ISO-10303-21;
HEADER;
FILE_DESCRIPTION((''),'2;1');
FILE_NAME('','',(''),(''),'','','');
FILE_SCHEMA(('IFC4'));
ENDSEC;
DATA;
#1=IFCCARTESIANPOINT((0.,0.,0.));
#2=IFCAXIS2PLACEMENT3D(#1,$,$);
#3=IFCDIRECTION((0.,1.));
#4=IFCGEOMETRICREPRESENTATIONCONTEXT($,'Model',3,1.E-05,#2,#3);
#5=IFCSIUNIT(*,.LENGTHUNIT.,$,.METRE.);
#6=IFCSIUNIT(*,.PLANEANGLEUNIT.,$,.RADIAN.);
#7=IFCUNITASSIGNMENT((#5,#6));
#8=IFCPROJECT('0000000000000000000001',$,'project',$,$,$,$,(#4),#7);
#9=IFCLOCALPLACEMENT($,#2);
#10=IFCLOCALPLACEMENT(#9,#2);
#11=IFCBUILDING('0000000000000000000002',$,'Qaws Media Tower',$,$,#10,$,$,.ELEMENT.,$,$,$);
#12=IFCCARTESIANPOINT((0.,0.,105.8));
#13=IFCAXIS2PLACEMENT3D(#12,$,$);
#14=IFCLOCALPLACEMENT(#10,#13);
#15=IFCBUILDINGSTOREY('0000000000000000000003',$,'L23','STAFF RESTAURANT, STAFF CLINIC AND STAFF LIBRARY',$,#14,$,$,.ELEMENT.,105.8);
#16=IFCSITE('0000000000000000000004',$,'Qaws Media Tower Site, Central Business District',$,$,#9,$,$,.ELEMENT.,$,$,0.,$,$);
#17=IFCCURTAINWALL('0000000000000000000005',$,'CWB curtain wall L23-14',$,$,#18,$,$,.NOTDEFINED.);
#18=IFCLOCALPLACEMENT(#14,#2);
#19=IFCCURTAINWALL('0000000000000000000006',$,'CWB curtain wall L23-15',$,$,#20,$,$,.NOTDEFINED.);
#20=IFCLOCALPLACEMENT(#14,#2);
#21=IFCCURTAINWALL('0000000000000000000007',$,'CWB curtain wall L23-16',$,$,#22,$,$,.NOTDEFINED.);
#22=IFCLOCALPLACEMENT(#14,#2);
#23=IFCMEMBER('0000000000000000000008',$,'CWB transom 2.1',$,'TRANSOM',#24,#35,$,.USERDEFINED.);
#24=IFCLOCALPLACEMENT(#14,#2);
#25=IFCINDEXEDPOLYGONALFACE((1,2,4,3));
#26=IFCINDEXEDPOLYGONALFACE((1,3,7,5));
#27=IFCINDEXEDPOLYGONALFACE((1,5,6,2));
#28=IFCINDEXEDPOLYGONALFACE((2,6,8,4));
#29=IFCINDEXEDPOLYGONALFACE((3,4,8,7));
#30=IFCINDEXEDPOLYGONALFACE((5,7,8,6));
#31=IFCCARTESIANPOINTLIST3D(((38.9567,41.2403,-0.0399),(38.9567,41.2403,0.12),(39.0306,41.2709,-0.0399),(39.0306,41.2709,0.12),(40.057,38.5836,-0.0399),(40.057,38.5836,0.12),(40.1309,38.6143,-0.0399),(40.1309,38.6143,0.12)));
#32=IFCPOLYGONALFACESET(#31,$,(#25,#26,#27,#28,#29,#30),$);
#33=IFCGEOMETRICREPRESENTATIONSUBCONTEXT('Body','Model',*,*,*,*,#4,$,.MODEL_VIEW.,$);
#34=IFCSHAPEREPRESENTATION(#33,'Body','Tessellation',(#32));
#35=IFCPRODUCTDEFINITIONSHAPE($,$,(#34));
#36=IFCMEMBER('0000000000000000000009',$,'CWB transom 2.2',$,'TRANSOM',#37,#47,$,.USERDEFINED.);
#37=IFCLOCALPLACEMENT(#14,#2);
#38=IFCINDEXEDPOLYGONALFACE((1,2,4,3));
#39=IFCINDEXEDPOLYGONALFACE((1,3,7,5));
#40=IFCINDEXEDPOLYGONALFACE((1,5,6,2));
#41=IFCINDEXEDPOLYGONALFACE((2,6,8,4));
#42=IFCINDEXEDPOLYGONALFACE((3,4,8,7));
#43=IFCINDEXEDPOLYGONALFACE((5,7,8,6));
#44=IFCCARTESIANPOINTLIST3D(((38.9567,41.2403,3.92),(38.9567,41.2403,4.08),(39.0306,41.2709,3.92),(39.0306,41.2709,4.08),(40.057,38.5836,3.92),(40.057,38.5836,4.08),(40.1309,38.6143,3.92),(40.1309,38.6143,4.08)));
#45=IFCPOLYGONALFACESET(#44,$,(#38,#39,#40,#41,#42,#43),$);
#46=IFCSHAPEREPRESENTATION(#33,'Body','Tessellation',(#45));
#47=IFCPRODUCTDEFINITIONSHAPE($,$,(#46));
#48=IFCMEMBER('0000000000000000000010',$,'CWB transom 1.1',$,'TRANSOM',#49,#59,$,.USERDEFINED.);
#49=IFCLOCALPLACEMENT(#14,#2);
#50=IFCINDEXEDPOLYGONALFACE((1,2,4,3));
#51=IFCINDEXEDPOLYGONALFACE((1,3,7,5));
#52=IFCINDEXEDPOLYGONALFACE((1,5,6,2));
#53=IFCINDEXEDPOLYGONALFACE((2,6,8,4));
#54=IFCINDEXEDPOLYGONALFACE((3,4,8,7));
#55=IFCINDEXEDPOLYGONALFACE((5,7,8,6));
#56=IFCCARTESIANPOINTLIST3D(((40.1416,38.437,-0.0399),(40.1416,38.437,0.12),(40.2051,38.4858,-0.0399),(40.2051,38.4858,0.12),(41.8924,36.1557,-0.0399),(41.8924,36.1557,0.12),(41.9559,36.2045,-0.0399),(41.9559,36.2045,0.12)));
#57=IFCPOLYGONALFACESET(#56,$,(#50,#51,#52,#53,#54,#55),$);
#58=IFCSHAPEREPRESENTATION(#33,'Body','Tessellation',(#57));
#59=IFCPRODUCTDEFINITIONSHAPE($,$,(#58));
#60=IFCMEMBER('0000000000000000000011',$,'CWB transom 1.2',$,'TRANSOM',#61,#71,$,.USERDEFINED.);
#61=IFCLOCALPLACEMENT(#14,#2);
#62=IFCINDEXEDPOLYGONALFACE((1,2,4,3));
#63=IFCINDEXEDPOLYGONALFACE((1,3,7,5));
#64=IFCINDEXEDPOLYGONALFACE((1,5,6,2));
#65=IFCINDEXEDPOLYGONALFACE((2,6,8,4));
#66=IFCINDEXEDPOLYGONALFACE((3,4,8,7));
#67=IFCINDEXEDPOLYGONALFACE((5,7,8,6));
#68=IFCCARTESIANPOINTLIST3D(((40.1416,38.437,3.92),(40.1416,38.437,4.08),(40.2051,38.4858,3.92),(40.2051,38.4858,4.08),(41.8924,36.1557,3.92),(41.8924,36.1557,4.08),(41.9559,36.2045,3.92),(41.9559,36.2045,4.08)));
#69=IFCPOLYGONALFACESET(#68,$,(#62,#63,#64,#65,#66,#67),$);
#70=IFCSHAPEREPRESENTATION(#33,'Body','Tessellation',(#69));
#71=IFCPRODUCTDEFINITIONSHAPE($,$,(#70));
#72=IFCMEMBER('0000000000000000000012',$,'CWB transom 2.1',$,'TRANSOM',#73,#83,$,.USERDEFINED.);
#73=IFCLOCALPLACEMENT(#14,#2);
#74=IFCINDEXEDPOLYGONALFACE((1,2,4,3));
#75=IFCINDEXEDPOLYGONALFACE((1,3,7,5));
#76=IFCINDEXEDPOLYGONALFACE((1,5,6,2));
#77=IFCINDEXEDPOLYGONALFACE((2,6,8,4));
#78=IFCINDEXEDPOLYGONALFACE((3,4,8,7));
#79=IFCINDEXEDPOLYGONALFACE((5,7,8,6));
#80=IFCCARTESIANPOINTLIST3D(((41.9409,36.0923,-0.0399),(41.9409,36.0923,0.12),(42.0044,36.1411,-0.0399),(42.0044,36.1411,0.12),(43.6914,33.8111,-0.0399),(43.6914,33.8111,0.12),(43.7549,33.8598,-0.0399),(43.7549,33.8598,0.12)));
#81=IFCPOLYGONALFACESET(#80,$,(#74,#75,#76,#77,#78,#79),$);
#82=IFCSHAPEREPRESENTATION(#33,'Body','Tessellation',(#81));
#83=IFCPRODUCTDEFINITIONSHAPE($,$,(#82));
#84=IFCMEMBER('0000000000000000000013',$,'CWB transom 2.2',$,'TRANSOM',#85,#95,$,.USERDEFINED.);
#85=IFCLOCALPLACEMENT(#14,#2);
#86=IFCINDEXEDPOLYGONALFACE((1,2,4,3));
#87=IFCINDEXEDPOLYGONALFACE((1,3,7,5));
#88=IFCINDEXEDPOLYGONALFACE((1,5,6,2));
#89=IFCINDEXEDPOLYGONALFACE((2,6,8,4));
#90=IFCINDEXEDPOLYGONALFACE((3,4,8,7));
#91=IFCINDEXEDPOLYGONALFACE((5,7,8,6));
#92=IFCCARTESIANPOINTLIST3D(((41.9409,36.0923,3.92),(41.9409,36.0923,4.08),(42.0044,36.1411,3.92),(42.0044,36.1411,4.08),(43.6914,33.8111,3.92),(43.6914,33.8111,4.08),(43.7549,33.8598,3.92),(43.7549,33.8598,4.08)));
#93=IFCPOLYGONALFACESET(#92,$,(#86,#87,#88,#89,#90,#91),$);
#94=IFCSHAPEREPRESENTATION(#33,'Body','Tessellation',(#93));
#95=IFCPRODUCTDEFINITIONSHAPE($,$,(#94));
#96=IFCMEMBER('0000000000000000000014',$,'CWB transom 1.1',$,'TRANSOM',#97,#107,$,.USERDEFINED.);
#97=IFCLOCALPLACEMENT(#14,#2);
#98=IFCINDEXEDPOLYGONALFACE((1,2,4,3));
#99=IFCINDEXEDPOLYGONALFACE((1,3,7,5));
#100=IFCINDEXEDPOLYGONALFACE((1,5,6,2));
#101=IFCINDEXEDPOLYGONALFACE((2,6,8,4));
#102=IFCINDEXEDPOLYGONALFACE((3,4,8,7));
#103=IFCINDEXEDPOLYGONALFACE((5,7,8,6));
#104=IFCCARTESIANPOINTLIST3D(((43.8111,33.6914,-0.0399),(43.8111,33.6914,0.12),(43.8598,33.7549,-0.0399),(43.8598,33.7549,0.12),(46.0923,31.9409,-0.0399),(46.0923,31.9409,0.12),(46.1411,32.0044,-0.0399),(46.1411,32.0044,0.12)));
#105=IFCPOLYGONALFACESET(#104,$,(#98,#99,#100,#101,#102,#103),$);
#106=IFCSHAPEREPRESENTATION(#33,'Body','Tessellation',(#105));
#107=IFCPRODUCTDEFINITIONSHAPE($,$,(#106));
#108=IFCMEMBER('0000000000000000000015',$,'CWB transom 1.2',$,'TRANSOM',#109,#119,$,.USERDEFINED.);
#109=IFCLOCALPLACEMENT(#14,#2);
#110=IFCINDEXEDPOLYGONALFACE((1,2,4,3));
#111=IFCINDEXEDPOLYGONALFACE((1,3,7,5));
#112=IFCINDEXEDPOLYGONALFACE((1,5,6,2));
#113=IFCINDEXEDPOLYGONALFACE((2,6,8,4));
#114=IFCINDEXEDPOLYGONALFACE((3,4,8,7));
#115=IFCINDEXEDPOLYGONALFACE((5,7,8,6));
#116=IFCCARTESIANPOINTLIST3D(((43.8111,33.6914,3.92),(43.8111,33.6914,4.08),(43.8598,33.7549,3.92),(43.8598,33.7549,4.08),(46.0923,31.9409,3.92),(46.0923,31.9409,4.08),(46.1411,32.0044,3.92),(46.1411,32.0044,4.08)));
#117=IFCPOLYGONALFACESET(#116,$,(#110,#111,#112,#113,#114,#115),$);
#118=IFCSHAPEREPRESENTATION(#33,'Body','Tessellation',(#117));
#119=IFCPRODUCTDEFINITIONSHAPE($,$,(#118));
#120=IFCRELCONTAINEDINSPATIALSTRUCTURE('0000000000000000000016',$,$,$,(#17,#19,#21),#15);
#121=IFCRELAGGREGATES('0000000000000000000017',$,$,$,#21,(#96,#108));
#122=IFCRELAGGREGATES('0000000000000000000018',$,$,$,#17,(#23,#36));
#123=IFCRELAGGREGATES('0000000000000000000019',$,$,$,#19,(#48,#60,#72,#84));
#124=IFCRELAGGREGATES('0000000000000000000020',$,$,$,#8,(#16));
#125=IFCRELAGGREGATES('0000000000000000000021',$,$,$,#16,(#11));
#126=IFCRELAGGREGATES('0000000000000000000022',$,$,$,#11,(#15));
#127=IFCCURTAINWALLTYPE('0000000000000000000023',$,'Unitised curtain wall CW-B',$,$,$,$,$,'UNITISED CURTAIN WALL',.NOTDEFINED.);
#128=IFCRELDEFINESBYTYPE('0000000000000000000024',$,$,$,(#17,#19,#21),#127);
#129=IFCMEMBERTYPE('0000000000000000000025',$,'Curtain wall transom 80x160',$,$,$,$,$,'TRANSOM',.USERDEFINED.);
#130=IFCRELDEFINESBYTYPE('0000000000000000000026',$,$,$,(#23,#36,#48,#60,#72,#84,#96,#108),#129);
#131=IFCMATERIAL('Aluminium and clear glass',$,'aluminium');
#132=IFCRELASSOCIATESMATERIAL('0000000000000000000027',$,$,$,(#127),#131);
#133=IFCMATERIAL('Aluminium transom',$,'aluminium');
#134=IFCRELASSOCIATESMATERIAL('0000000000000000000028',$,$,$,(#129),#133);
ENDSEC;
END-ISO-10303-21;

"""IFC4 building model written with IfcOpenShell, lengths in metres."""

from ifc_helpers import new_model, si_unit, direction, frame, origin, origin_2d, place, context, subcontext, project, spatial, rectangle, extrude, material, material_profile, profile_set, type_object, element, aggregate, save


model = new_model("IFC4")

# Units and contexts
model_context = context("Model", 3, precision=1e-05, world=origin(), true_north=direction((0.0, 1.0)))
body_context = subcontext(model_context, "Body", "Model", "MODEL_VIEW")
ifc_project = project(units=[si_unit("LENGTHUNIT", "METRE"), si_unit("PLANEANGLEUNIT", "RADIAN")], contexts=[model_context])

# Site, building, storey
site_placement = place(None, origin())
site = spatial("IfcSite", under=ifc_project, at=site_placement, Name="Qaws Media Tower Site, Central Business District", CompositionType="ELEMENT", RefElevation=0.0)
building_placement = place(site_placement, origin())
building = spatial("IfcBuilding", under=site, at=building_placement, Name="Qaws Media Tower", CompositionType="ELEMENT")
storey_placement = place(building_placement, frame((0.0, 0.0, 105.8)))
storey = spatial("IfcBuildingStorey", under=building, at=storey_placement, Name="L23", Description="STAFF RESTAURANT, STAFF CLINIC AND STAFF LIBRARY", CompositionType="ELEMENT", Elevation=105.8)

# Curtain walls
ifc_material_1 = material(Name="Aluminium and clear glass", Category="aluminium")
curtain_wall_type = type_object("IfcCurtainWallType", Name="Unitised curtain wall CW-B", ElementType="UNITISED CURTAIN WALL", PredefinedType="NOTDEFINED", material=ifc_material_1)
curtain_wall_1_placement = place(storey_placement, origin())
curtain_wall_1 = element("IfcCurtainWall", 1, at=curtain_wall_1_placement, inside=storey, type_object=curtain_wall_type, Name="CWB curtain wall L23-14", PredefinedType="NOTDEFINED")
curtain_wall_2_placement = place(storey_placement, origin())
curtain_wall_2 = element("IfcCurtainWall", 2, at=curtain_wall_2_placement, inside=storey, type_object=curtain_wall_type, Name="CWB curtain wall L23-15", PredefinedType="NOTDEFINED")

# Curtain wall
curtain_wall_3_placement = place(storey_placement, origin())
curtain_wall_3 = element("IfcCurtainWall", 3, at=curtain_wall_3_placement, inside=storey, type_object=curtain_wall_type, Name="CWB curtain wall L23-16", PredefinedType="NOTDEFINED")

# Members
ifc_material_2 = material(Name="Aluminium transom", Category="aluminium")
ifc_material_profile_1 = material_profile(ifc_material_2, rectangle(XDim=0.0801, YDim=0.1599, at=origin_2d()), Name="80x160")
ifc_profile_set_1 = profile_set([ifc_material_profile_1], Name="Aluminium transom")
member_type_1 = type_object("IfcMemberType", Name="Curtain wall transom 80x160", ElementType="TRANSOM", PredefinedType="USERDEFINED", material=ifc_profile_set_1)
member_1_placement = place(storey_placement, frame((38.9937, 41.2556, 0.04), z_axis=(0.382649, -0.923894, 0.0), x_axis=(0.923894, 0.382649, 0.0)))
member_1 = element("IfcMember", 4, at=member_1_placement, type_object=member_type_1, Name="CWB transom 2.1", ObjectType="TRANSOM", PredefinedType="USERDEFINED", context=body_context, shape_type="SweptSolid", body=[
    extrude(rectangle(XDim=0.0801, YDim=0.1599, at=origin_2d()), origin(), (0.0, 0.0, 1.0), 2.8755),
])
member_2_placement = place(storey_placement, frame((38.9937, 41.2556, 4.0), z_axis=(0.382649, -0.923894, 0.0), x_axis=(0.923894, 0.382649, 0.0)))
member_2 = element("IfcMember", 5, at=member_2_placement, type_object=member_type_1, Name="CWB transom 2.2", ObjectType="TRANSOM", PredefinedType="USERDEFINED", context=body_context, shape_type="SweptSolid", body=[
    extrude(rectangle(XDim=0.0801, YDim=0.1599, at=origin_2d()), origin(), (0.0, 0.0, 1.0), 2.8755),
])
member_3_placement = place(storey_placement, frame((40.1733, 38.4614, 0.04), z_axis=(0.60882, -0.793308, 0.0), x_axis=(0.793308, 0.60882, 0.0)))
member_3 = element("IfcMember", 6, at=member_3_placement, type_object=member_type_1, Name="CWB transom 1.1", ObjectType="TRANSOM", PredefinedType="USERDEFINED", context=body_context, shape_type="SweptSolid", body=[
    extrude(rectangle(XDim=0.0801, YDim=0.1599, at=origin_2d()), origin(), (0.0, 0.0, 1.0), 2.8757),
])
member_4_placement = place(storey_placement, frame((40.1733, 38.4614, 4.0), z_axis=(0.60882, -0.793308, 0.0), x_axis=(0.793308, 0.60882, 0.0)))
member_4 = element("IfcMember", 7, at=member_4_placement, type_object=member_type_1, Name="CWB transom 1.2", ObjectType="TRANSOM", PredefinedType="USERDEFINED", context=body_context, shape_type="SweptSolid", body=[
    extrude(rectangle(XDim=0.0801, YDim=0.1599, at=origin_2d()), origin(), (0.0, 0.0, 1.0), 2.8757),
])
member_5_placement = place(storey_placement, frame((41.9727, 36.1167, 0.04), z_axis=(0.608767, -0.793349, 0.0), x_axis=(0.793349, 0.608767, 0.0)))
member_5 = element("IfcMember", 8, at=member_5_placement, type_object=member_type_1, Name="CWB transom 2.1", ObjectType="TRANSOM", PredefinedType="USERDEFINED", context=body_context, shape_type="SweptSolid", body=[
    extrude(rectangle(XDim=0.0801, YDim=0.1599, at=origin_2d()), origin(), (0.0, 0.0, 1.0), 2.8755),
])
member_6_placement = place(storey_placement, frame((41.9727, 36.1167, 4.0), z_axis=(0.608767, -0.793349, 0.0), x_axis=(0.793349, 0.608767, 0.0)))
member_6 = element("IfcMember", 9, at=member_6_placement, type_object=member_type_1, Name="CWB transom 2.2", ObjectType="TRANSOM", PredefinedType="USERDEFINED", context=body_context, shape_type="SweptSolid", body=[
    extrude(rectangle(XDim=0.0801, YDim=0.1599, at=origin_2d()), origin(), (0.0, 0.0, 1.0), 2.8755),
])
member_7_placement = place(storey_placement, frame((43.8354, 33.7231, 0.04), z_axis=(0.793349, -0.608767, 0.0), x_axis=(0.608767, 0.793349, 0.0)))
member_7 = element("IfcMember", 10, at=member_7_placement, type_object=member_type_1, Name="CWB transom 1.1", ObjectType="TRANSOM", PredefinedType="USERDEFINED", context=body_context, shape_type="SweptSolid", body=[
    extrude(rectangle(XDim=0.0801, YDim=0.1599, at=origin_2d()), origin(), (0.0, 0.0, 1.0), 2.8755),
])
member_8_placement = place(storey_placement, frame((43.8354, 33.7231, 4.0), z_axis=(0.793349, -0.608767, 0.0), x_axis=(0.608767, 0.793349, 0.0)))
member_8 = element("IfcMember", 11, at=member_8_placement, type_object=member_type_1, Name="CWB transom 1.2", ObjectType="TRANSOM", PredefinedType="USERDEFINED", context=body_context, shape_type="SweptSolid", body=[
    extrude(rectangle(XDim=0.0801, YDim=0.1599, at=origin_2d()), origin(), (0.0, 0.0, 1.0), 2.8755),
])
aggregate(curtain_wall_3, [member_7, member_8])

aggregate(curtain_wall_1, [member_1, member_2])
aggregate(curtain_wall_2, [member_3, member_4, member_5, member_6])

save(model, "model.ifc")
